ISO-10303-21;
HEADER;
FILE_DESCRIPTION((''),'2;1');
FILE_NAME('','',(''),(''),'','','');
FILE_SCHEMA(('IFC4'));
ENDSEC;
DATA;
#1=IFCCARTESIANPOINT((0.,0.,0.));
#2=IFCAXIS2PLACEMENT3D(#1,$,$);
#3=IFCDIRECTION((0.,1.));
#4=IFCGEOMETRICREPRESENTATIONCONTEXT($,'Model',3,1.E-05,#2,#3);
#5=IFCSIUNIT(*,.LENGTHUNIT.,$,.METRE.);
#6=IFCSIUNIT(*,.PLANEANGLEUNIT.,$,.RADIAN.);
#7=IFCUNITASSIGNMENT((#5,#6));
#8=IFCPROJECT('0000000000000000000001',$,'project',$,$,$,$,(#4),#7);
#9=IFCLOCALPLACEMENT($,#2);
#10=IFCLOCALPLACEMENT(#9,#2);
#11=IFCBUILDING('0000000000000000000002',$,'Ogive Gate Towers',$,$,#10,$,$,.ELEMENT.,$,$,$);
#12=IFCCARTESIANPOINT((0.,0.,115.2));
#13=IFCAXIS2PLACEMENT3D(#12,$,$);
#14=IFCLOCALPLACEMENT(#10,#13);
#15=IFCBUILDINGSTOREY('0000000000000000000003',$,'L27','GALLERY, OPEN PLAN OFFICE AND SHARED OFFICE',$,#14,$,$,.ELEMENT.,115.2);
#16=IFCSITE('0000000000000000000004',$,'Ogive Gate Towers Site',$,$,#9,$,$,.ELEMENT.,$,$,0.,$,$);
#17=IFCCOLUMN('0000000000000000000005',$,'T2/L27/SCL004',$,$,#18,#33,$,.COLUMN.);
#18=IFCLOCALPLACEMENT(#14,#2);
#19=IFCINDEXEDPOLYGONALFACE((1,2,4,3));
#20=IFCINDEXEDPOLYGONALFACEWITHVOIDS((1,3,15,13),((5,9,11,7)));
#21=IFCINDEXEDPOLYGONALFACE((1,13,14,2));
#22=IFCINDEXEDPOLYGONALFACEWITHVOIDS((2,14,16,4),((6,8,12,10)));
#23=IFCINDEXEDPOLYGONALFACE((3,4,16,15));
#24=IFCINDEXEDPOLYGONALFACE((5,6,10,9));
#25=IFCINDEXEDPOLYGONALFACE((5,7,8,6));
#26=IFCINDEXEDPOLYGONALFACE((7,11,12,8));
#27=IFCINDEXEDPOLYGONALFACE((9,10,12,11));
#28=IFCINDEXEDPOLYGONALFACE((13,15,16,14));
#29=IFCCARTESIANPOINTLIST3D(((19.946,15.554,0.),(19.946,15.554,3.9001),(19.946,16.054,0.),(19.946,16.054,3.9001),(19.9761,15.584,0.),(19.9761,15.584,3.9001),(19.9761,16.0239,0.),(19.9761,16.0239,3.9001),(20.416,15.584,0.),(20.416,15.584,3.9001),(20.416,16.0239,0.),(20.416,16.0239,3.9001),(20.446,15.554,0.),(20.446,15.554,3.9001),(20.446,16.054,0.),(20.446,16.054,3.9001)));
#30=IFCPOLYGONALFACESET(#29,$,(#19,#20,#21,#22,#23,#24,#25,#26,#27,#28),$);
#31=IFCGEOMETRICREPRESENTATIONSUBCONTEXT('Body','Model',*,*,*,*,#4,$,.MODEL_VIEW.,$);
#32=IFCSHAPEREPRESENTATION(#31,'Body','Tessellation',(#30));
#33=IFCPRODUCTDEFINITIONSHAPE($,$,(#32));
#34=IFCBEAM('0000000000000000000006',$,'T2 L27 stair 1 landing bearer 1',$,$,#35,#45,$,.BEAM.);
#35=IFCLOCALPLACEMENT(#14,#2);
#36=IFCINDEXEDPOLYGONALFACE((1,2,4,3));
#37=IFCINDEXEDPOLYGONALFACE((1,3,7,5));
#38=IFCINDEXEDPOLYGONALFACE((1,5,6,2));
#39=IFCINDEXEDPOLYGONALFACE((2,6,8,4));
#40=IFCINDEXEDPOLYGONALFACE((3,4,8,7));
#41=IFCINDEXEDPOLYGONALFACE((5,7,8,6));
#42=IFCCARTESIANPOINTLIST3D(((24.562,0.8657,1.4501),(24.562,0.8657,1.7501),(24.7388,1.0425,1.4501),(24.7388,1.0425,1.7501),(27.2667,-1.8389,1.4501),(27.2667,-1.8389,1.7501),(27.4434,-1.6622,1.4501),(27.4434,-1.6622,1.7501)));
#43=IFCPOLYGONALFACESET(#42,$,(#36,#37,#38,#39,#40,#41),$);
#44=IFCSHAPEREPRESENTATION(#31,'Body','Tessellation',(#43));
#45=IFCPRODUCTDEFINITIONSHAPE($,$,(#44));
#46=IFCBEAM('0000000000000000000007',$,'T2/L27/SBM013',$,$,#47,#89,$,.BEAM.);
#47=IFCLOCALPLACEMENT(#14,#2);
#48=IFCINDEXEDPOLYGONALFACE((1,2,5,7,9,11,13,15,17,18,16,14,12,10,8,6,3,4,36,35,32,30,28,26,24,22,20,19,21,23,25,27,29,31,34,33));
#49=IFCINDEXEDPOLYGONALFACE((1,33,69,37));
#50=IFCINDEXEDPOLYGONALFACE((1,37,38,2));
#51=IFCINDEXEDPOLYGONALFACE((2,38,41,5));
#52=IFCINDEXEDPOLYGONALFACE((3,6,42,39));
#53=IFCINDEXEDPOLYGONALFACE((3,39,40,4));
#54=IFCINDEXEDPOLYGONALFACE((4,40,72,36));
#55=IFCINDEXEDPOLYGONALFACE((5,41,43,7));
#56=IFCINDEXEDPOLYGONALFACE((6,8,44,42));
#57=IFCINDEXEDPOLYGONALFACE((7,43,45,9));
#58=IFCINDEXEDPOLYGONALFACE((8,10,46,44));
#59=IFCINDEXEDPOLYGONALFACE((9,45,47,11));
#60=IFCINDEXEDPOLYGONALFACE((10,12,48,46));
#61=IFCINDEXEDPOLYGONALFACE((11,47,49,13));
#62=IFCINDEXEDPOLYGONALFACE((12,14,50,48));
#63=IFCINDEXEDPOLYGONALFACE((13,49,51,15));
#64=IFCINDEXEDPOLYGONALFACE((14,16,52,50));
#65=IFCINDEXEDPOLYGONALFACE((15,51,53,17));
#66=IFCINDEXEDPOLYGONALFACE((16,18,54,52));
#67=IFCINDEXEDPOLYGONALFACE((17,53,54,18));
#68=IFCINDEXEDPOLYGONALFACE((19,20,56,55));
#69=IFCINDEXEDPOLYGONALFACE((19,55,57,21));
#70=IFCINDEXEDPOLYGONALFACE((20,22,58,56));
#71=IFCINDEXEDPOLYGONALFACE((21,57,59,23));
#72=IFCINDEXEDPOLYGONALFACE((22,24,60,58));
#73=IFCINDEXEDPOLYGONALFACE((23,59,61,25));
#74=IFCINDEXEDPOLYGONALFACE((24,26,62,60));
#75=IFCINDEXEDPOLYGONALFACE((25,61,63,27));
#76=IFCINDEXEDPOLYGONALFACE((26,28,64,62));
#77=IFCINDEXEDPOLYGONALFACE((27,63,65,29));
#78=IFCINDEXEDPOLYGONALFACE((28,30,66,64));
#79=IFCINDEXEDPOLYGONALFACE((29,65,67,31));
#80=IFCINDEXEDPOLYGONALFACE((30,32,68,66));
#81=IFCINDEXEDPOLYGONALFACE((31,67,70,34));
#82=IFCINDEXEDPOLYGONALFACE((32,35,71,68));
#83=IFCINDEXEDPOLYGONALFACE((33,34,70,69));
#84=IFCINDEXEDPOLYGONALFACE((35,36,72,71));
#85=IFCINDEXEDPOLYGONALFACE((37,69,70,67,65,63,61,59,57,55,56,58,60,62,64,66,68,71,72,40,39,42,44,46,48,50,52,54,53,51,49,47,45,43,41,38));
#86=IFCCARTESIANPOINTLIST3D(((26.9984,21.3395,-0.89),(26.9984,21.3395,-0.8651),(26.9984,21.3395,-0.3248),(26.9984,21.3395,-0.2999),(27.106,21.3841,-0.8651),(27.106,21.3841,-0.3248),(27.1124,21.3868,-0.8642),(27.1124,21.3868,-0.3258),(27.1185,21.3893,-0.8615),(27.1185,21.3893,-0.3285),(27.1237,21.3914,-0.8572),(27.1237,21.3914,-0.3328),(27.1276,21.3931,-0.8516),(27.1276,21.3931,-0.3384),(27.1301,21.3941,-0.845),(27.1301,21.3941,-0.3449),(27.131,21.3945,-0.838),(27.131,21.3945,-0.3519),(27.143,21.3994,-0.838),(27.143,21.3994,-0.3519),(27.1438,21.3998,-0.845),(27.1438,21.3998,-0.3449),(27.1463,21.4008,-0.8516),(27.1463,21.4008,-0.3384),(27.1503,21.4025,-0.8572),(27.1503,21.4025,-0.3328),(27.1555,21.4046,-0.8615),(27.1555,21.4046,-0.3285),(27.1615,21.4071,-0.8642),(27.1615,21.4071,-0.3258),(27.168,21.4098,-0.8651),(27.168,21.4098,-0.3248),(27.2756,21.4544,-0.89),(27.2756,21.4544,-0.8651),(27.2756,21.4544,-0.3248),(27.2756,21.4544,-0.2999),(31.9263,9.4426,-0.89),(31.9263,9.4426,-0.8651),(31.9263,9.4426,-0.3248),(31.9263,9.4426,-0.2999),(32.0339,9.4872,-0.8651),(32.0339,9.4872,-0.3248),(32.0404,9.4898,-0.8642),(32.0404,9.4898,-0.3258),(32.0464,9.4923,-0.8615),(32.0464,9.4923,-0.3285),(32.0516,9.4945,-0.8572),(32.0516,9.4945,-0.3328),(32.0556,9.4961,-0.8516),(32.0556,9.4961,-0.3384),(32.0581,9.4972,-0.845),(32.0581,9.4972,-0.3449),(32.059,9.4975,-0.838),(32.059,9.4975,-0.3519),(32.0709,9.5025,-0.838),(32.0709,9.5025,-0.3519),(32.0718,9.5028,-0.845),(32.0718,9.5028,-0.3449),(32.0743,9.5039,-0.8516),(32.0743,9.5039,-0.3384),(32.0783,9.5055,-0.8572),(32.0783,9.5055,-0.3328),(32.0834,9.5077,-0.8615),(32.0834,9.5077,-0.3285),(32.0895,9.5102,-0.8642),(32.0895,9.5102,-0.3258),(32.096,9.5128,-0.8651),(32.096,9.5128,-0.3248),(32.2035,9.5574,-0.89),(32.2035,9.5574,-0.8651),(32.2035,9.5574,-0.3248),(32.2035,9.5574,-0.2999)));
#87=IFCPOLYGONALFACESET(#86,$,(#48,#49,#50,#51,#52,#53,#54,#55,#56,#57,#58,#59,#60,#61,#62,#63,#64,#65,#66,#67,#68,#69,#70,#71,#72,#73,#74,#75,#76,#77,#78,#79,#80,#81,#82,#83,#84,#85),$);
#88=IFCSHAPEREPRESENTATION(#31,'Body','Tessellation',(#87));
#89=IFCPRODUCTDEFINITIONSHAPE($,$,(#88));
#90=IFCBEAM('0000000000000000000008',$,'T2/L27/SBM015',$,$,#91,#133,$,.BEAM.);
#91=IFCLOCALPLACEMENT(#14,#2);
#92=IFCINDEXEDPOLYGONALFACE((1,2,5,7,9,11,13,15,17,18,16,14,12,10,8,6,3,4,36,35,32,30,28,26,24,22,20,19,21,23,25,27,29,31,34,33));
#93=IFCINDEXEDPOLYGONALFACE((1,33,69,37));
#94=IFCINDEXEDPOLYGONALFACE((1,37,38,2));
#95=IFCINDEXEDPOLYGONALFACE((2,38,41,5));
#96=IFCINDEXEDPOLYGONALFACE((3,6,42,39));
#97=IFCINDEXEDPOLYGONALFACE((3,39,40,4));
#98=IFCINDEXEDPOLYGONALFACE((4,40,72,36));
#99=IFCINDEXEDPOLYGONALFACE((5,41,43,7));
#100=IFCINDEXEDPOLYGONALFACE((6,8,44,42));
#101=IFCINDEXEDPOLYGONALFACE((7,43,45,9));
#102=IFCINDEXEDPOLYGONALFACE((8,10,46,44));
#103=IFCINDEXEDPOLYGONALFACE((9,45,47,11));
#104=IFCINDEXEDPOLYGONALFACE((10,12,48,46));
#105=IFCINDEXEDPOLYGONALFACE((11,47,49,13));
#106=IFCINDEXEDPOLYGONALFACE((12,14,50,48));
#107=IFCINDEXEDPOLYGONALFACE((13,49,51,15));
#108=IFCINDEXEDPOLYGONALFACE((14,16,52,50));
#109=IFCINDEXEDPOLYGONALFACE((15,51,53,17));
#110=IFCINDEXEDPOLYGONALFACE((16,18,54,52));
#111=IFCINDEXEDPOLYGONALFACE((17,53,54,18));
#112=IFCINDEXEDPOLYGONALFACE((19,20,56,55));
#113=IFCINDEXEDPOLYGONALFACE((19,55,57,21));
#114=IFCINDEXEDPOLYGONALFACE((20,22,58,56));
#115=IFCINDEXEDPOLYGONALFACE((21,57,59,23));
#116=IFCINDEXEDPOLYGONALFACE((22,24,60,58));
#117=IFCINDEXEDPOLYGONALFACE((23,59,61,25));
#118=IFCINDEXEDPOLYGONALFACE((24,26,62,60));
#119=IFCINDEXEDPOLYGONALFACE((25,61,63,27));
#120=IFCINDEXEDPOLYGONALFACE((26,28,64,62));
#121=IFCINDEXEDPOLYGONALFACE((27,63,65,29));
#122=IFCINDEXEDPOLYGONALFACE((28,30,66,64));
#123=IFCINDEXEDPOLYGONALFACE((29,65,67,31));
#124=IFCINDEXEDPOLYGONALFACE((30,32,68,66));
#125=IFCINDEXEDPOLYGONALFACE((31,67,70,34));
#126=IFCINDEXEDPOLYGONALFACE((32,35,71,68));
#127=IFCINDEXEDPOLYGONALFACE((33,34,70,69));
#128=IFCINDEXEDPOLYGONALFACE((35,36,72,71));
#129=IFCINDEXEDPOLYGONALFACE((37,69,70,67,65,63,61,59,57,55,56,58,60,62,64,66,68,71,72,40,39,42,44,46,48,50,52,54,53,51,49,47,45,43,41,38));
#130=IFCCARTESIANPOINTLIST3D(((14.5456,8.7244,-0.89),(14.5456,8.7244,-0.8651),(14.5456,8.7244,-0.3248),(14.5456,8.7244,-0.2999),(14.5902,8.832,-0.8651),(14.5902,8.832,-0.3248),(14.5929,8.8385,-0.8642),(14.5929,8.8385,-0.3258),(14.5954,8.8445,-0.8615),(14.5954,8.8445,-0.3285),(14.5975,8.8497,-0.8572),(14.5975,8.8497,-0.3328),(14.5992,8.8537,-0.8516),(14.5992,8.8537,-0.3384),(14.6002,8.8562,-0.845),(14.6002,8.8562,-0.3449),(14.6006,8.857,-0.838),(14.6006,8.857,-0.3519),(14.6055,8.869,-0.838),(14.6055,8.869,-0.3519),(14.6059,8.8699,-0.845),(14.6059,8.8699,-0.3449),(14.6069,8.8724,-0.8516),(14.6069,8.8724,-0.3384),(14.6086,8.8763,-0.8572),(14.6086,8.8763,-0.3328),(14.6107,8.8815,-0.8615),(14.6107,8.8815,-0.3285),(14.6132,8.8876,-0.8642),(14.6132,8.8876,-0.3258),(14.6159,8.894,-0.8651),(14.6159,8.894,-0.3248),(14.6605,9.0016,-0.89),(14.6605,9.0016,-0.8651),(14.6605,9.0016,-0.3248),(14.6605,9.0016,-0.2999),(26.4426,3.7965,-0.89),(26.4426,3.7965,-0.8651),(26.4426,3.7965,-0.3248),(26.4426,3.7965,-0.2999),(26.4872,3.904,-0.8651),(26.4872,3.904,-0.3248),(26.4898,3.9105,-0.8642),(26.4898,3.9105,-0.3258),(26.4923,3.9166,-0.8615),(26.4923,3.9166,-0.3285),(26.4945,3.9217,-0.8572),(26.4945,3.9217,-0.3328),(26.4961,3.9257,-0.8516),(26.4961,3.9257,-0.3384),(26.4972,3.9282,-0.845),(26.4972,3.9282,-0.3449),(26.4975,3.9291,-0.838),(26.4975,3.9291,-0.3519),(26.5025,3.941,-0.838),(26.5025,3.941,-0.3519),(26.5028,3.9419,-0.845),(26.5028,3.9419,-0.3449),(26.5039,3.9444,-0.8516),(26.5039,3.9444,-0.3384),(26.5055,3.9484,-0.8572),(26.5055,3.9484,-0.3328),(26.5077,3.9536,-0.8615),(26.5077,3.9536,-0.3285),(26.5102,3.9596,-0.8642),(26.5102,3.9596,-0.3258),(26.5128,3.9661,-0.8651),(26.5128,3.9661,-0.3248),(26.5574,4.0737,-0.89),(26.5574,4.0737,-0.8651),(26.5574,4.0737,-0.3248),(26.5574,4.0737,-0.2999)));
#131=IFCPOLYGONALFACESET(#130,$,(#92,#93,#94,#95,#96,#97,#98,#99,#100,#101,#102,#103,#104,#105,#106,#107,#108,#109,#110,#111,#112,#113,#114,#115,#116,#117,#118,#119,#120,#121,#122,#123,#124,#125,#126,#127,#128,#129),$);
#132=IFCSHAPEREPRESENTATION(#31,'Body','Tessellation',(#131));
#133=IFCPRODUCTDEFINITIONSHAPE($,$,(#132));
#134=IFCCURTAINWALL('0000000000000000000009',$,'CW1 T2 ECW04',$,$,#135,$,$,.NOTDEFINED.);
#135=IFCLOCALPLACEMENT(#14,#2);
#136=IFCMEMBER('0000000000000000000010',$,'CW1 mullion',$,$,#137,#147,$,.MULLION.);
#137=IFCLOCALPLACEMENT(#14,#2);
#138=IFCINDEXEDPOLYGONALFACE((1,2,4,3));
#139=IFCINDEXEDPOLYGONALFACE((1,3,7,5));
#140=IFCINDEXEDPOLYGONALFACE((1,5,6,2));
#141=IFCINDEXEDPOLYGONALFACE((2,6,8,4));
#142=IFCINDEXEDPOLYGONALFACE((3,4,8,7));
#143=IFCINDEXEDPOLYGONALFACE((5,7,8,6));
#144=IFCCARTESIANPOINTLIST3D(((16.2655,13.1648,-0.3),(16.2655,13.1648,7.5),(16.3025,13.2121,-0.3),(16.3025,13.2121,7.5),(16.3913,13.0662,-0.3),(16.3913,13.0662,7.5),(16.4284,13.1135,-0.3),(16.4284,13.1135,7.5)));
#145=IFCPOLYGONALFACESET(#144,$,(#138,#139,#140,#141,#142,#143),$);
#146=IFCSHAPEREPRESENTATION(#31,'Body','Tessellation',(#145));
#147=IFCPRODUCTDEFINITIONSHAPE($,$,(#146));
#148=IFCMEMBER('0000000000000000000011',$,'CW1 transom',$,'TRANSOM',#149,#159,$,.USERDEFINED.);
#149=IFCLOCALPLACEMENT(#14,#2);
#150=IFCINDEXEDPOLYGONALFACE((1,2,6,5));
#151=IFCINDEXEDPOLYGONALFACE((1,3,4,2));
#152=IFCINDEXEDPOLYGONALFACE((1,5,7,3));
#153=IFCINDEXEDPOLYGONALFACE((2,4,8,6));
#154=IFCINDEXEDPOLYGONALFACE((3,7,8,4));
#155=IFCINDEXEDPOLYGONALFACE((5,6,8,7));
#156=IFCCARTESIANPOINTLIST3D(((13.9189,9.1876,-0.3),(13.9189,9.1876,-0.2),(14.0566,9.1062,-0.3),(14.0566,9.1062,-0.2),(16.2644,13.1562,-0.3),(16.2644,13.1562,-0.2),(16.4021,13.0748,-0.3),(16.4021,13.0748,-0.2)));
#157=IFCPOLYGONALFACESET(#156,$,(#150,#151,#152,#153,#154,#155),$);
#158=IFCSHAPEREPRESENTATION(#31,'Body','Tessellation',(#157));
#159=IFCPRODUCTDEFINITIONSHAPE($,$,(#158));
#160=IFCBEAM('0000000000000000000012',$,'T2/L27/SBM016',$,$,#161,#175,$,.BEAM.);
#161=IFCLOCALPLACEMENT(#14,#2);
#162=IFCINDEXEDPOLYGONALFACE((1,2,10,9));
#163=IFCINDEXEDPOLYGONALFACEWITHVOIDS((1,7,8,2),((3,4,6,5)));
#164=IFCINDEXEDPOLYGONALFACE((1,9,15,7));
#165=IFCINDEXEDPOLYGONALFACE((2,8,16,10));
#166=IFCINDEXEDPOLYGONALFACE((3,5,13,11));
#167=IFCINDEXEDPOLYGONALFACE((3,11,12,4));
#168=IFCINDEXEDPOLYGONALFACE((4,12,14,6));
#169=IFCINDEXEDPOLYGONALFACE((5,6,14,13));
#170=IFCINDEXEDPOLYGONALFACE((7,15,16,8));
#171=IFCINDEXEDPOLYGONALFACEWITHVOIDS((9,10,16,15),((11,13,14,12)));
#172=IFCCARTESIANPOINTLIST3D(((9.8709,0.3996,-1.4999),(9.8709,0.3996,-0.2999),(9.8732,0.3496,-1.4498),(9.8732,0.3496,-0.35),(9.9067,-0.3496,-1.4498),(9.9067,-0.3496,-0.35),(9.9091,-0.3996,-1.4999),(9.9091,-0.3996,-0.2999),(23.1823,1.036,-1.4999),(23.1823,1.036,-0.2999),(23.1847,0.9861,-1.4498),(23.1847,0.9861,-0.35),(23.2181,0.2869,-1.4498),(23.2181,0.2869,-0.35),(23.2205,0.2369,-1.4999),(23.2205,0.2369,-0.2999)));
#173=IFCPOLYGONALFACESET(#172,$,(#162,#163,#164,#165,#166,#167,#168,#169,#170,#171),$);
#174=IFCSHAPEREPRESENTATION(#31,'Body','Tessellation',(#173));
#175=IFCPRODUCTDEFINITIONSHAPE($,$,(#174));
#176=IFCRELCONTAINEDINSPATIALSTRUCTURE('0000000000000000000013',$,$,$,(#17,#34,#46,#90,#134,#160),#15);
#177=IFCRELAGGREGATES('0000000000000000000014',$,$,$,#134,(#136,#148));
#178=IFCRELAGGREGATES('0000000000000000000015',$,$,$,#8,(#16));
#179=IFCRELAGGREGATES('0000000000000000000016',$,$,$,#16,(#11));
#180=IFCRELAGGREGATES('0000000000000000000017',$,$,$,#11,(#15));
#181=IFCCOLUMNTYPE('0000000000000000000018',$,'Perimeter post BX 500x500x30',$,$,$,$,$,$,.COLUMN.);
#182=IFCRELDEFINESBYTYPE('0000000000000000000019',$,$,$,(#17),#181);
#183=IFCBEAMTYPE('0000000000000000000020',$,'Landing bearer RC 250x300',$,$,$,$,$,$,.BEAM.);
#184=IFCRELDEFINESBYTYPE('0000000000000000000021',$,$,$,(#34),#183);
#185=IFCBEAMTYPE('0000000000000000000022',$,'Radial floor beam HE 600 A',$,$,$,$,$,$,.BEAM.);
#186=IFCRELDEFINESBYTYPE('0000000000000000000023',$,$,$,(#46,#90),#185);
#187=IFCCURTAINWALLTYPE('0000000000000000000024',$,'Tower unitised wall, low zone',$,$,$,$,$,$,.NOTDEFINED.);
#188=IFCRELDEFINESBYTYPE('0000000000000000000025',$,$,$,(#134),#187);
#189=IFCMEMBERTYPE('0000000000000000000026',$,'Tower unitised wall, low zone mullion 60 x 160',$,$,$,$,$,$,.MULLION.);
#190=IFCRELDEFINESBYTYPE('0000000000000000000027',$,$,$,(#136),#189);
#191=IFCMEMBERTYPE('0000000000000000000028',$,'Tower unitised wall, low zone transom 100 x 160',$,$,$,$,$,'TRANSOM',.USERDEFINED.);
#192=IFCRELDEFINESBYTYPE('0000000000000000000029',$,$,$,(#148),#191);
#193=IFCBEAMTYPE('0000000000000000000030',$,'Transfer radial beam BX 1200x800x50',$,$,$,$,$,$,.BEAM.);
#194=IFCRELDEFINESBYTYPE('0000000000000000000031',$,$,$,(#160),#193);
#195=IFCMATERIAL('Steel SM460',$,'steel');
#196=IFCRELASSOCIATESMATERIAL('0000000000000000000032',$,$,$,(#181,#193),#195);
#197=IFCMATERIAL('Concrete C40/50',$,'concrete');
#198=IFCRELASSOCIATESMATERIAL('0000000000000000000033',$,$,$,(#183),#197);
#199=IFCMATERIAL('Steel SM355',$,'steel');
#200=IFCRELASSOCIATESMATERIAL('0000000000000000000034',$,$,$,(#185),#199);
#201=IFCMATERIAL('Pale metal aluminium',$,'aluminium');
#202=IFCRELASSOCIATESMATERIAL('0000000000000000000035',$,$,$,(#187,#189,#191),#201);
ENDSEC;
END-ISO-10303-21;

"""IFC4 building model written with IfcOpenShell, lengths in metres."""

from ifc_helpers import new_model, si_unit, direction, frame, origin, origin_2d, place, context, subcontext, project, spatial, rectangle, hollow_rectangle, i_section, extrude, material, material_profile, profile_set, type_object, element, aggregate, save


model = new_model("IFC4")

# Units and contexts
model_context = context("Model", 3, precision=1e-05, world=origin(), true_north=direction((0.0, 1.0)))
body_context = subcontext(model_context, "Body", "Model", "MODEL_VIEW")
ifc_project = project(units=[si_unit("LENGTHUNIT", "METRE"), si_unit("PLANEANGLEUNIT", "RADIAN")], contexts=[model_context])

# Site, building, storey
site_placement = place(None, origin())
site = spatial("IfcSite", under=ifc_project, at=site_placement, Name="Ogive Gate Towers Site", CompositionType="ELEMENT", RefElevation=0.0)
building_placement = place(site_placement, origin())
building = spatial("IfcBuilding", under=site, at=building_placement, Name="Ogive Gate Towers", CompositionType="ELEMENT")
storey_placement = place(building_placement, frame((0.0, 0.0, 115.2)))
storey = spatial("IfcBuildingStorey", under=building, at=storey_placement, Name="L27", Description="GALLERY, OPEN PLAN OFFICE AND SHARED OFFICE", CompositionType="ELEMENT", Elevation=115.2)

# Column
ifc_material_1 = material(Name="Steel SM460", Category="steel")
ifc_material_profile_1 = material_profile(ifc_material_1, hollow_rectangle(XDim=0.5, YDim=0.5, WallThickness=0.03, at=origin_2d()), Name="BX 500x500x30")
ifc_profile_set_1 = profile_set([ifc_material_profile_1], Name="Steel SM460")
column_type = type_object("IfcColumnType", Name="Perimeter post BX 500x500x30", PredefinedType="COLUMN", material=ifc_profile_set_1)
column_placement = place(storey_placement, frame((20.196, 15.804, 0.0), z_axis=(0.0, 0.0, 1.0), x_axis=(1.0, 0.0, 0.0)))
element("IfcColumn", 1, at=column_placement, inside=storey, type_object=column_type, Name="T2/L27/SCL004", PredefinedType="COLUMN", context=body_context, shape_type="SweptSolid", body=[
    extrude(hollow_rectangle(XDim=0.5, YDim=0.5, WallThickness=0.03, at=origin_2d()), origin(), (0.0, 0.0, 1.0), 3.9001),
])

# Beams
ifc_material_2 = material(Name="Concrete C40/50", Category="concrete")
ifc_material_profile_2 = material_profile(ifc_material_2, rectangle(XDim=0.25, YDim=0.3, at=origin_2d()), Name="RC 250x300")
ifc_profile_set_2 = profile_set([ifc_material_profile_2], Name="Concrete C40/50")
beam_type_1 = type_object("IfcBeamType", Name="Landing bearer RC 250x300", PredefinedType="BEAM", material=ifc_profile_set_2)
beam_1_placement = place(storey_placement, frame((24.6504, 0.9541, 1.6001), z_axis=(0.707107, -0.707107, 0.0), x_axis=(0.707107, 0.707107, 0.0)))
element("IfcBeam", 2, at=beam_1_placement, inside=storey, type_object=beam_type_1, Name="T2 L27 stair 1 landing bearer 1", PredefinedType="BEAM", context=body_context, shape_type="SweptSolid", body=[
    extrude(rectangle(XDim=0.25, YDim=0.3, at=origin_2d()), origin(), (0.0, 0.0, 1.0), 3.825),
])
ifc_material_3 = material(Name="Steel SM355", Category="steel")
ifc_material_profile_3 = material_profile(ifc_material_3, i_section(OverallWidth=0.3, OverallDepth=0.5901, WebThickness=0.0129, FlangeThickness=0.0249, FilletRadius=0.0271, at=origin_2d()), Name="HE 600 A")
ifc_profile_set_3 = profile_set([ifc_material_profile_3], Name="Steel SM355")
beam_type_2 = type_object("IfcBeamType", Name="Radial floor beam HE 600 A", PredefinedType="BEAM", material=ifc_profile_set_3)
for number, where, z_axis, x_axis, name in (
    (3, (32.0649, 9.5, -0.595), (-0.382689, 0.923877, 0.0), (-0.923877, -0.382689, 0.0), "T2/L27/SBM013"),
    (4, (26.5, 3.9351, -0.595), (-0.923877, 0.382689, 0.0), (-0.382689, -0.923877, 0.0), "T2/L27/SBM015"),
):
    element("IfcBeam", number, at=place(storey_placement, frame(where, z_axis=z_axis, x_axis=x_axis)), inside=storey, type_object=beam_type_2, Name=name, PredefinedType="BEAM", context=body_context, shape_type="SweptSolid", body=[
        extrude(i_section(OverallWidth=0.3, OverallDepth=0.5901, WebThickness=0.0129, FlangeThickness=0.0249, FilletRadius=0.0271, at=origin_2d()), origin(), (0.0, 0.0, 1.0), 12.8772),
    ])

# Curtain wall, members
ifc_material_4 = material(Name="Pale metal aluminium", Category="aluminium")
curtain_wall_type = type_object("IfcCurtainWallType", Name="Tower unitised wall, low zone", PredefinedType="NOTDEFINED", material=ifc_material_4)
curtain_wall_placement = place(storey_placement, origin())
curtain_wall = element("IfcCurtainWall", 5, at=curtain_wall_placement, inside=storey, type_object=curtain_wall_type, Name="CW1 T2 ECW04", PredefinedType="NOTDEFINED")
ifc_material_profile_4 = material_profile(ifc_material_4, rectangle(XDim=0.1599, YDim=0.0601, at=origin_2d()), Name="60 x 160 aluminium box")
ifc_profile_set_4 = profile_set([ifc_material_profile_4], Name="Pale metal aluminium")
member_type_1 = type_object("IfcMemberType", Name="Tower unitised wall, low zone mullion 60 x 160", PredefinedType="MULLION", material=ifc_profile_set_4)
member_1_placement = place(storey_placement, frame((16.3469, 13.1392, -0.3), z_axis=(0.0, 0.0, 1.0), x_axis=(-0.787086, 0.616844, 0.0)))
member_1 = element("IfcMember", 6, at=member_1_placement, type_object=member_type_1, Name="CW1 mullion", PredefinedType="MULLION", context=body_context, shape_type="SweptSolid", body=[
    extrude(rectangle(XDim=0.1599, YDim=0.0601, at=origin_2d()), origin(), (0.0, 0.0, 1.0), 7.8),
])
ifc_material_profile_5 = material_profile(ifc_material_4, rectangle(XDim=0.1599, YDim=0.1001, at=origin_2d()), Name="100 x 160 aluminium box")
ifc_profile_set_5 = profile_set([ifc_material_profile_5], Name="Pale metal aluminium")
member_type_2 = type_object("IfcMemberType", Name="Tower unitised wall, low zone transom 100 x 160", ElementType="TRANSOM", PredefinedType="USERDEFINED", material=ifc_profile_set_5)
member_2_placement = place(storey_placement, frame((16.3333, 13.1155, -0.25), z_axis=(-0.508799, -0.860885, 0.0), x_axis=(0.860885, -0.508799, 0.0)))
member_2 = element("IfcMember", 7, at=member_2_placement, type_object=member_type_2, Name="CW1 transom", ObjectType="TRANSOM", PredefinedType="USERDEFINED", context=body_context, shape_type="SweptSolid", body=[
    extrude(rectangle(XDim=0.1599, YDim=0.1001, at=origin_2d()), origin(), (0.0, 0.0, 1.0), 4.6099),
])

# Beam
ifc_material_profile_6 = material_profile(ifc_material_1, hollow_rectangle(XDim=0.8, YDim=1.2, WallThickness=0.05, at=origin_2d()), Name="BX 1200x800x50")
ifc_profile_set_6 = profile_set([ifc_material_profile_6], Name="Steel SM460")
beam_type_3 = type_object("IfcBeamType", Name="Transfer radial beam BX 1200x800x50", PredefinedType="BEAM", material=ifc_profile_set_6)
beam_2_placement = place(storey_placement, frame((23.2014, 0.6365, -0.8999), z_axis=(-0.998859, -0.047759, 0.0), x_axis=(0.047759, -0.998859, 0.0)))
element("IfcBeam", 8, at=beam_2_placement, inside=storey, type_object=beam_type_3, Name="T2/L27/SBM016", PredefinedType="BEAM", context=body_context, shape_type="SweptSolid", body=[
    extrude(hollow_rectangle(XDim=0.8, YDim=1.2, WallThickness=0.05, at=origin_2d()), origin(), (0.0, 0.0, 1.0), 13.3267),
])

aggregate(curtain_wall, [member_1, member_2])

save(model, "model.ifc")
